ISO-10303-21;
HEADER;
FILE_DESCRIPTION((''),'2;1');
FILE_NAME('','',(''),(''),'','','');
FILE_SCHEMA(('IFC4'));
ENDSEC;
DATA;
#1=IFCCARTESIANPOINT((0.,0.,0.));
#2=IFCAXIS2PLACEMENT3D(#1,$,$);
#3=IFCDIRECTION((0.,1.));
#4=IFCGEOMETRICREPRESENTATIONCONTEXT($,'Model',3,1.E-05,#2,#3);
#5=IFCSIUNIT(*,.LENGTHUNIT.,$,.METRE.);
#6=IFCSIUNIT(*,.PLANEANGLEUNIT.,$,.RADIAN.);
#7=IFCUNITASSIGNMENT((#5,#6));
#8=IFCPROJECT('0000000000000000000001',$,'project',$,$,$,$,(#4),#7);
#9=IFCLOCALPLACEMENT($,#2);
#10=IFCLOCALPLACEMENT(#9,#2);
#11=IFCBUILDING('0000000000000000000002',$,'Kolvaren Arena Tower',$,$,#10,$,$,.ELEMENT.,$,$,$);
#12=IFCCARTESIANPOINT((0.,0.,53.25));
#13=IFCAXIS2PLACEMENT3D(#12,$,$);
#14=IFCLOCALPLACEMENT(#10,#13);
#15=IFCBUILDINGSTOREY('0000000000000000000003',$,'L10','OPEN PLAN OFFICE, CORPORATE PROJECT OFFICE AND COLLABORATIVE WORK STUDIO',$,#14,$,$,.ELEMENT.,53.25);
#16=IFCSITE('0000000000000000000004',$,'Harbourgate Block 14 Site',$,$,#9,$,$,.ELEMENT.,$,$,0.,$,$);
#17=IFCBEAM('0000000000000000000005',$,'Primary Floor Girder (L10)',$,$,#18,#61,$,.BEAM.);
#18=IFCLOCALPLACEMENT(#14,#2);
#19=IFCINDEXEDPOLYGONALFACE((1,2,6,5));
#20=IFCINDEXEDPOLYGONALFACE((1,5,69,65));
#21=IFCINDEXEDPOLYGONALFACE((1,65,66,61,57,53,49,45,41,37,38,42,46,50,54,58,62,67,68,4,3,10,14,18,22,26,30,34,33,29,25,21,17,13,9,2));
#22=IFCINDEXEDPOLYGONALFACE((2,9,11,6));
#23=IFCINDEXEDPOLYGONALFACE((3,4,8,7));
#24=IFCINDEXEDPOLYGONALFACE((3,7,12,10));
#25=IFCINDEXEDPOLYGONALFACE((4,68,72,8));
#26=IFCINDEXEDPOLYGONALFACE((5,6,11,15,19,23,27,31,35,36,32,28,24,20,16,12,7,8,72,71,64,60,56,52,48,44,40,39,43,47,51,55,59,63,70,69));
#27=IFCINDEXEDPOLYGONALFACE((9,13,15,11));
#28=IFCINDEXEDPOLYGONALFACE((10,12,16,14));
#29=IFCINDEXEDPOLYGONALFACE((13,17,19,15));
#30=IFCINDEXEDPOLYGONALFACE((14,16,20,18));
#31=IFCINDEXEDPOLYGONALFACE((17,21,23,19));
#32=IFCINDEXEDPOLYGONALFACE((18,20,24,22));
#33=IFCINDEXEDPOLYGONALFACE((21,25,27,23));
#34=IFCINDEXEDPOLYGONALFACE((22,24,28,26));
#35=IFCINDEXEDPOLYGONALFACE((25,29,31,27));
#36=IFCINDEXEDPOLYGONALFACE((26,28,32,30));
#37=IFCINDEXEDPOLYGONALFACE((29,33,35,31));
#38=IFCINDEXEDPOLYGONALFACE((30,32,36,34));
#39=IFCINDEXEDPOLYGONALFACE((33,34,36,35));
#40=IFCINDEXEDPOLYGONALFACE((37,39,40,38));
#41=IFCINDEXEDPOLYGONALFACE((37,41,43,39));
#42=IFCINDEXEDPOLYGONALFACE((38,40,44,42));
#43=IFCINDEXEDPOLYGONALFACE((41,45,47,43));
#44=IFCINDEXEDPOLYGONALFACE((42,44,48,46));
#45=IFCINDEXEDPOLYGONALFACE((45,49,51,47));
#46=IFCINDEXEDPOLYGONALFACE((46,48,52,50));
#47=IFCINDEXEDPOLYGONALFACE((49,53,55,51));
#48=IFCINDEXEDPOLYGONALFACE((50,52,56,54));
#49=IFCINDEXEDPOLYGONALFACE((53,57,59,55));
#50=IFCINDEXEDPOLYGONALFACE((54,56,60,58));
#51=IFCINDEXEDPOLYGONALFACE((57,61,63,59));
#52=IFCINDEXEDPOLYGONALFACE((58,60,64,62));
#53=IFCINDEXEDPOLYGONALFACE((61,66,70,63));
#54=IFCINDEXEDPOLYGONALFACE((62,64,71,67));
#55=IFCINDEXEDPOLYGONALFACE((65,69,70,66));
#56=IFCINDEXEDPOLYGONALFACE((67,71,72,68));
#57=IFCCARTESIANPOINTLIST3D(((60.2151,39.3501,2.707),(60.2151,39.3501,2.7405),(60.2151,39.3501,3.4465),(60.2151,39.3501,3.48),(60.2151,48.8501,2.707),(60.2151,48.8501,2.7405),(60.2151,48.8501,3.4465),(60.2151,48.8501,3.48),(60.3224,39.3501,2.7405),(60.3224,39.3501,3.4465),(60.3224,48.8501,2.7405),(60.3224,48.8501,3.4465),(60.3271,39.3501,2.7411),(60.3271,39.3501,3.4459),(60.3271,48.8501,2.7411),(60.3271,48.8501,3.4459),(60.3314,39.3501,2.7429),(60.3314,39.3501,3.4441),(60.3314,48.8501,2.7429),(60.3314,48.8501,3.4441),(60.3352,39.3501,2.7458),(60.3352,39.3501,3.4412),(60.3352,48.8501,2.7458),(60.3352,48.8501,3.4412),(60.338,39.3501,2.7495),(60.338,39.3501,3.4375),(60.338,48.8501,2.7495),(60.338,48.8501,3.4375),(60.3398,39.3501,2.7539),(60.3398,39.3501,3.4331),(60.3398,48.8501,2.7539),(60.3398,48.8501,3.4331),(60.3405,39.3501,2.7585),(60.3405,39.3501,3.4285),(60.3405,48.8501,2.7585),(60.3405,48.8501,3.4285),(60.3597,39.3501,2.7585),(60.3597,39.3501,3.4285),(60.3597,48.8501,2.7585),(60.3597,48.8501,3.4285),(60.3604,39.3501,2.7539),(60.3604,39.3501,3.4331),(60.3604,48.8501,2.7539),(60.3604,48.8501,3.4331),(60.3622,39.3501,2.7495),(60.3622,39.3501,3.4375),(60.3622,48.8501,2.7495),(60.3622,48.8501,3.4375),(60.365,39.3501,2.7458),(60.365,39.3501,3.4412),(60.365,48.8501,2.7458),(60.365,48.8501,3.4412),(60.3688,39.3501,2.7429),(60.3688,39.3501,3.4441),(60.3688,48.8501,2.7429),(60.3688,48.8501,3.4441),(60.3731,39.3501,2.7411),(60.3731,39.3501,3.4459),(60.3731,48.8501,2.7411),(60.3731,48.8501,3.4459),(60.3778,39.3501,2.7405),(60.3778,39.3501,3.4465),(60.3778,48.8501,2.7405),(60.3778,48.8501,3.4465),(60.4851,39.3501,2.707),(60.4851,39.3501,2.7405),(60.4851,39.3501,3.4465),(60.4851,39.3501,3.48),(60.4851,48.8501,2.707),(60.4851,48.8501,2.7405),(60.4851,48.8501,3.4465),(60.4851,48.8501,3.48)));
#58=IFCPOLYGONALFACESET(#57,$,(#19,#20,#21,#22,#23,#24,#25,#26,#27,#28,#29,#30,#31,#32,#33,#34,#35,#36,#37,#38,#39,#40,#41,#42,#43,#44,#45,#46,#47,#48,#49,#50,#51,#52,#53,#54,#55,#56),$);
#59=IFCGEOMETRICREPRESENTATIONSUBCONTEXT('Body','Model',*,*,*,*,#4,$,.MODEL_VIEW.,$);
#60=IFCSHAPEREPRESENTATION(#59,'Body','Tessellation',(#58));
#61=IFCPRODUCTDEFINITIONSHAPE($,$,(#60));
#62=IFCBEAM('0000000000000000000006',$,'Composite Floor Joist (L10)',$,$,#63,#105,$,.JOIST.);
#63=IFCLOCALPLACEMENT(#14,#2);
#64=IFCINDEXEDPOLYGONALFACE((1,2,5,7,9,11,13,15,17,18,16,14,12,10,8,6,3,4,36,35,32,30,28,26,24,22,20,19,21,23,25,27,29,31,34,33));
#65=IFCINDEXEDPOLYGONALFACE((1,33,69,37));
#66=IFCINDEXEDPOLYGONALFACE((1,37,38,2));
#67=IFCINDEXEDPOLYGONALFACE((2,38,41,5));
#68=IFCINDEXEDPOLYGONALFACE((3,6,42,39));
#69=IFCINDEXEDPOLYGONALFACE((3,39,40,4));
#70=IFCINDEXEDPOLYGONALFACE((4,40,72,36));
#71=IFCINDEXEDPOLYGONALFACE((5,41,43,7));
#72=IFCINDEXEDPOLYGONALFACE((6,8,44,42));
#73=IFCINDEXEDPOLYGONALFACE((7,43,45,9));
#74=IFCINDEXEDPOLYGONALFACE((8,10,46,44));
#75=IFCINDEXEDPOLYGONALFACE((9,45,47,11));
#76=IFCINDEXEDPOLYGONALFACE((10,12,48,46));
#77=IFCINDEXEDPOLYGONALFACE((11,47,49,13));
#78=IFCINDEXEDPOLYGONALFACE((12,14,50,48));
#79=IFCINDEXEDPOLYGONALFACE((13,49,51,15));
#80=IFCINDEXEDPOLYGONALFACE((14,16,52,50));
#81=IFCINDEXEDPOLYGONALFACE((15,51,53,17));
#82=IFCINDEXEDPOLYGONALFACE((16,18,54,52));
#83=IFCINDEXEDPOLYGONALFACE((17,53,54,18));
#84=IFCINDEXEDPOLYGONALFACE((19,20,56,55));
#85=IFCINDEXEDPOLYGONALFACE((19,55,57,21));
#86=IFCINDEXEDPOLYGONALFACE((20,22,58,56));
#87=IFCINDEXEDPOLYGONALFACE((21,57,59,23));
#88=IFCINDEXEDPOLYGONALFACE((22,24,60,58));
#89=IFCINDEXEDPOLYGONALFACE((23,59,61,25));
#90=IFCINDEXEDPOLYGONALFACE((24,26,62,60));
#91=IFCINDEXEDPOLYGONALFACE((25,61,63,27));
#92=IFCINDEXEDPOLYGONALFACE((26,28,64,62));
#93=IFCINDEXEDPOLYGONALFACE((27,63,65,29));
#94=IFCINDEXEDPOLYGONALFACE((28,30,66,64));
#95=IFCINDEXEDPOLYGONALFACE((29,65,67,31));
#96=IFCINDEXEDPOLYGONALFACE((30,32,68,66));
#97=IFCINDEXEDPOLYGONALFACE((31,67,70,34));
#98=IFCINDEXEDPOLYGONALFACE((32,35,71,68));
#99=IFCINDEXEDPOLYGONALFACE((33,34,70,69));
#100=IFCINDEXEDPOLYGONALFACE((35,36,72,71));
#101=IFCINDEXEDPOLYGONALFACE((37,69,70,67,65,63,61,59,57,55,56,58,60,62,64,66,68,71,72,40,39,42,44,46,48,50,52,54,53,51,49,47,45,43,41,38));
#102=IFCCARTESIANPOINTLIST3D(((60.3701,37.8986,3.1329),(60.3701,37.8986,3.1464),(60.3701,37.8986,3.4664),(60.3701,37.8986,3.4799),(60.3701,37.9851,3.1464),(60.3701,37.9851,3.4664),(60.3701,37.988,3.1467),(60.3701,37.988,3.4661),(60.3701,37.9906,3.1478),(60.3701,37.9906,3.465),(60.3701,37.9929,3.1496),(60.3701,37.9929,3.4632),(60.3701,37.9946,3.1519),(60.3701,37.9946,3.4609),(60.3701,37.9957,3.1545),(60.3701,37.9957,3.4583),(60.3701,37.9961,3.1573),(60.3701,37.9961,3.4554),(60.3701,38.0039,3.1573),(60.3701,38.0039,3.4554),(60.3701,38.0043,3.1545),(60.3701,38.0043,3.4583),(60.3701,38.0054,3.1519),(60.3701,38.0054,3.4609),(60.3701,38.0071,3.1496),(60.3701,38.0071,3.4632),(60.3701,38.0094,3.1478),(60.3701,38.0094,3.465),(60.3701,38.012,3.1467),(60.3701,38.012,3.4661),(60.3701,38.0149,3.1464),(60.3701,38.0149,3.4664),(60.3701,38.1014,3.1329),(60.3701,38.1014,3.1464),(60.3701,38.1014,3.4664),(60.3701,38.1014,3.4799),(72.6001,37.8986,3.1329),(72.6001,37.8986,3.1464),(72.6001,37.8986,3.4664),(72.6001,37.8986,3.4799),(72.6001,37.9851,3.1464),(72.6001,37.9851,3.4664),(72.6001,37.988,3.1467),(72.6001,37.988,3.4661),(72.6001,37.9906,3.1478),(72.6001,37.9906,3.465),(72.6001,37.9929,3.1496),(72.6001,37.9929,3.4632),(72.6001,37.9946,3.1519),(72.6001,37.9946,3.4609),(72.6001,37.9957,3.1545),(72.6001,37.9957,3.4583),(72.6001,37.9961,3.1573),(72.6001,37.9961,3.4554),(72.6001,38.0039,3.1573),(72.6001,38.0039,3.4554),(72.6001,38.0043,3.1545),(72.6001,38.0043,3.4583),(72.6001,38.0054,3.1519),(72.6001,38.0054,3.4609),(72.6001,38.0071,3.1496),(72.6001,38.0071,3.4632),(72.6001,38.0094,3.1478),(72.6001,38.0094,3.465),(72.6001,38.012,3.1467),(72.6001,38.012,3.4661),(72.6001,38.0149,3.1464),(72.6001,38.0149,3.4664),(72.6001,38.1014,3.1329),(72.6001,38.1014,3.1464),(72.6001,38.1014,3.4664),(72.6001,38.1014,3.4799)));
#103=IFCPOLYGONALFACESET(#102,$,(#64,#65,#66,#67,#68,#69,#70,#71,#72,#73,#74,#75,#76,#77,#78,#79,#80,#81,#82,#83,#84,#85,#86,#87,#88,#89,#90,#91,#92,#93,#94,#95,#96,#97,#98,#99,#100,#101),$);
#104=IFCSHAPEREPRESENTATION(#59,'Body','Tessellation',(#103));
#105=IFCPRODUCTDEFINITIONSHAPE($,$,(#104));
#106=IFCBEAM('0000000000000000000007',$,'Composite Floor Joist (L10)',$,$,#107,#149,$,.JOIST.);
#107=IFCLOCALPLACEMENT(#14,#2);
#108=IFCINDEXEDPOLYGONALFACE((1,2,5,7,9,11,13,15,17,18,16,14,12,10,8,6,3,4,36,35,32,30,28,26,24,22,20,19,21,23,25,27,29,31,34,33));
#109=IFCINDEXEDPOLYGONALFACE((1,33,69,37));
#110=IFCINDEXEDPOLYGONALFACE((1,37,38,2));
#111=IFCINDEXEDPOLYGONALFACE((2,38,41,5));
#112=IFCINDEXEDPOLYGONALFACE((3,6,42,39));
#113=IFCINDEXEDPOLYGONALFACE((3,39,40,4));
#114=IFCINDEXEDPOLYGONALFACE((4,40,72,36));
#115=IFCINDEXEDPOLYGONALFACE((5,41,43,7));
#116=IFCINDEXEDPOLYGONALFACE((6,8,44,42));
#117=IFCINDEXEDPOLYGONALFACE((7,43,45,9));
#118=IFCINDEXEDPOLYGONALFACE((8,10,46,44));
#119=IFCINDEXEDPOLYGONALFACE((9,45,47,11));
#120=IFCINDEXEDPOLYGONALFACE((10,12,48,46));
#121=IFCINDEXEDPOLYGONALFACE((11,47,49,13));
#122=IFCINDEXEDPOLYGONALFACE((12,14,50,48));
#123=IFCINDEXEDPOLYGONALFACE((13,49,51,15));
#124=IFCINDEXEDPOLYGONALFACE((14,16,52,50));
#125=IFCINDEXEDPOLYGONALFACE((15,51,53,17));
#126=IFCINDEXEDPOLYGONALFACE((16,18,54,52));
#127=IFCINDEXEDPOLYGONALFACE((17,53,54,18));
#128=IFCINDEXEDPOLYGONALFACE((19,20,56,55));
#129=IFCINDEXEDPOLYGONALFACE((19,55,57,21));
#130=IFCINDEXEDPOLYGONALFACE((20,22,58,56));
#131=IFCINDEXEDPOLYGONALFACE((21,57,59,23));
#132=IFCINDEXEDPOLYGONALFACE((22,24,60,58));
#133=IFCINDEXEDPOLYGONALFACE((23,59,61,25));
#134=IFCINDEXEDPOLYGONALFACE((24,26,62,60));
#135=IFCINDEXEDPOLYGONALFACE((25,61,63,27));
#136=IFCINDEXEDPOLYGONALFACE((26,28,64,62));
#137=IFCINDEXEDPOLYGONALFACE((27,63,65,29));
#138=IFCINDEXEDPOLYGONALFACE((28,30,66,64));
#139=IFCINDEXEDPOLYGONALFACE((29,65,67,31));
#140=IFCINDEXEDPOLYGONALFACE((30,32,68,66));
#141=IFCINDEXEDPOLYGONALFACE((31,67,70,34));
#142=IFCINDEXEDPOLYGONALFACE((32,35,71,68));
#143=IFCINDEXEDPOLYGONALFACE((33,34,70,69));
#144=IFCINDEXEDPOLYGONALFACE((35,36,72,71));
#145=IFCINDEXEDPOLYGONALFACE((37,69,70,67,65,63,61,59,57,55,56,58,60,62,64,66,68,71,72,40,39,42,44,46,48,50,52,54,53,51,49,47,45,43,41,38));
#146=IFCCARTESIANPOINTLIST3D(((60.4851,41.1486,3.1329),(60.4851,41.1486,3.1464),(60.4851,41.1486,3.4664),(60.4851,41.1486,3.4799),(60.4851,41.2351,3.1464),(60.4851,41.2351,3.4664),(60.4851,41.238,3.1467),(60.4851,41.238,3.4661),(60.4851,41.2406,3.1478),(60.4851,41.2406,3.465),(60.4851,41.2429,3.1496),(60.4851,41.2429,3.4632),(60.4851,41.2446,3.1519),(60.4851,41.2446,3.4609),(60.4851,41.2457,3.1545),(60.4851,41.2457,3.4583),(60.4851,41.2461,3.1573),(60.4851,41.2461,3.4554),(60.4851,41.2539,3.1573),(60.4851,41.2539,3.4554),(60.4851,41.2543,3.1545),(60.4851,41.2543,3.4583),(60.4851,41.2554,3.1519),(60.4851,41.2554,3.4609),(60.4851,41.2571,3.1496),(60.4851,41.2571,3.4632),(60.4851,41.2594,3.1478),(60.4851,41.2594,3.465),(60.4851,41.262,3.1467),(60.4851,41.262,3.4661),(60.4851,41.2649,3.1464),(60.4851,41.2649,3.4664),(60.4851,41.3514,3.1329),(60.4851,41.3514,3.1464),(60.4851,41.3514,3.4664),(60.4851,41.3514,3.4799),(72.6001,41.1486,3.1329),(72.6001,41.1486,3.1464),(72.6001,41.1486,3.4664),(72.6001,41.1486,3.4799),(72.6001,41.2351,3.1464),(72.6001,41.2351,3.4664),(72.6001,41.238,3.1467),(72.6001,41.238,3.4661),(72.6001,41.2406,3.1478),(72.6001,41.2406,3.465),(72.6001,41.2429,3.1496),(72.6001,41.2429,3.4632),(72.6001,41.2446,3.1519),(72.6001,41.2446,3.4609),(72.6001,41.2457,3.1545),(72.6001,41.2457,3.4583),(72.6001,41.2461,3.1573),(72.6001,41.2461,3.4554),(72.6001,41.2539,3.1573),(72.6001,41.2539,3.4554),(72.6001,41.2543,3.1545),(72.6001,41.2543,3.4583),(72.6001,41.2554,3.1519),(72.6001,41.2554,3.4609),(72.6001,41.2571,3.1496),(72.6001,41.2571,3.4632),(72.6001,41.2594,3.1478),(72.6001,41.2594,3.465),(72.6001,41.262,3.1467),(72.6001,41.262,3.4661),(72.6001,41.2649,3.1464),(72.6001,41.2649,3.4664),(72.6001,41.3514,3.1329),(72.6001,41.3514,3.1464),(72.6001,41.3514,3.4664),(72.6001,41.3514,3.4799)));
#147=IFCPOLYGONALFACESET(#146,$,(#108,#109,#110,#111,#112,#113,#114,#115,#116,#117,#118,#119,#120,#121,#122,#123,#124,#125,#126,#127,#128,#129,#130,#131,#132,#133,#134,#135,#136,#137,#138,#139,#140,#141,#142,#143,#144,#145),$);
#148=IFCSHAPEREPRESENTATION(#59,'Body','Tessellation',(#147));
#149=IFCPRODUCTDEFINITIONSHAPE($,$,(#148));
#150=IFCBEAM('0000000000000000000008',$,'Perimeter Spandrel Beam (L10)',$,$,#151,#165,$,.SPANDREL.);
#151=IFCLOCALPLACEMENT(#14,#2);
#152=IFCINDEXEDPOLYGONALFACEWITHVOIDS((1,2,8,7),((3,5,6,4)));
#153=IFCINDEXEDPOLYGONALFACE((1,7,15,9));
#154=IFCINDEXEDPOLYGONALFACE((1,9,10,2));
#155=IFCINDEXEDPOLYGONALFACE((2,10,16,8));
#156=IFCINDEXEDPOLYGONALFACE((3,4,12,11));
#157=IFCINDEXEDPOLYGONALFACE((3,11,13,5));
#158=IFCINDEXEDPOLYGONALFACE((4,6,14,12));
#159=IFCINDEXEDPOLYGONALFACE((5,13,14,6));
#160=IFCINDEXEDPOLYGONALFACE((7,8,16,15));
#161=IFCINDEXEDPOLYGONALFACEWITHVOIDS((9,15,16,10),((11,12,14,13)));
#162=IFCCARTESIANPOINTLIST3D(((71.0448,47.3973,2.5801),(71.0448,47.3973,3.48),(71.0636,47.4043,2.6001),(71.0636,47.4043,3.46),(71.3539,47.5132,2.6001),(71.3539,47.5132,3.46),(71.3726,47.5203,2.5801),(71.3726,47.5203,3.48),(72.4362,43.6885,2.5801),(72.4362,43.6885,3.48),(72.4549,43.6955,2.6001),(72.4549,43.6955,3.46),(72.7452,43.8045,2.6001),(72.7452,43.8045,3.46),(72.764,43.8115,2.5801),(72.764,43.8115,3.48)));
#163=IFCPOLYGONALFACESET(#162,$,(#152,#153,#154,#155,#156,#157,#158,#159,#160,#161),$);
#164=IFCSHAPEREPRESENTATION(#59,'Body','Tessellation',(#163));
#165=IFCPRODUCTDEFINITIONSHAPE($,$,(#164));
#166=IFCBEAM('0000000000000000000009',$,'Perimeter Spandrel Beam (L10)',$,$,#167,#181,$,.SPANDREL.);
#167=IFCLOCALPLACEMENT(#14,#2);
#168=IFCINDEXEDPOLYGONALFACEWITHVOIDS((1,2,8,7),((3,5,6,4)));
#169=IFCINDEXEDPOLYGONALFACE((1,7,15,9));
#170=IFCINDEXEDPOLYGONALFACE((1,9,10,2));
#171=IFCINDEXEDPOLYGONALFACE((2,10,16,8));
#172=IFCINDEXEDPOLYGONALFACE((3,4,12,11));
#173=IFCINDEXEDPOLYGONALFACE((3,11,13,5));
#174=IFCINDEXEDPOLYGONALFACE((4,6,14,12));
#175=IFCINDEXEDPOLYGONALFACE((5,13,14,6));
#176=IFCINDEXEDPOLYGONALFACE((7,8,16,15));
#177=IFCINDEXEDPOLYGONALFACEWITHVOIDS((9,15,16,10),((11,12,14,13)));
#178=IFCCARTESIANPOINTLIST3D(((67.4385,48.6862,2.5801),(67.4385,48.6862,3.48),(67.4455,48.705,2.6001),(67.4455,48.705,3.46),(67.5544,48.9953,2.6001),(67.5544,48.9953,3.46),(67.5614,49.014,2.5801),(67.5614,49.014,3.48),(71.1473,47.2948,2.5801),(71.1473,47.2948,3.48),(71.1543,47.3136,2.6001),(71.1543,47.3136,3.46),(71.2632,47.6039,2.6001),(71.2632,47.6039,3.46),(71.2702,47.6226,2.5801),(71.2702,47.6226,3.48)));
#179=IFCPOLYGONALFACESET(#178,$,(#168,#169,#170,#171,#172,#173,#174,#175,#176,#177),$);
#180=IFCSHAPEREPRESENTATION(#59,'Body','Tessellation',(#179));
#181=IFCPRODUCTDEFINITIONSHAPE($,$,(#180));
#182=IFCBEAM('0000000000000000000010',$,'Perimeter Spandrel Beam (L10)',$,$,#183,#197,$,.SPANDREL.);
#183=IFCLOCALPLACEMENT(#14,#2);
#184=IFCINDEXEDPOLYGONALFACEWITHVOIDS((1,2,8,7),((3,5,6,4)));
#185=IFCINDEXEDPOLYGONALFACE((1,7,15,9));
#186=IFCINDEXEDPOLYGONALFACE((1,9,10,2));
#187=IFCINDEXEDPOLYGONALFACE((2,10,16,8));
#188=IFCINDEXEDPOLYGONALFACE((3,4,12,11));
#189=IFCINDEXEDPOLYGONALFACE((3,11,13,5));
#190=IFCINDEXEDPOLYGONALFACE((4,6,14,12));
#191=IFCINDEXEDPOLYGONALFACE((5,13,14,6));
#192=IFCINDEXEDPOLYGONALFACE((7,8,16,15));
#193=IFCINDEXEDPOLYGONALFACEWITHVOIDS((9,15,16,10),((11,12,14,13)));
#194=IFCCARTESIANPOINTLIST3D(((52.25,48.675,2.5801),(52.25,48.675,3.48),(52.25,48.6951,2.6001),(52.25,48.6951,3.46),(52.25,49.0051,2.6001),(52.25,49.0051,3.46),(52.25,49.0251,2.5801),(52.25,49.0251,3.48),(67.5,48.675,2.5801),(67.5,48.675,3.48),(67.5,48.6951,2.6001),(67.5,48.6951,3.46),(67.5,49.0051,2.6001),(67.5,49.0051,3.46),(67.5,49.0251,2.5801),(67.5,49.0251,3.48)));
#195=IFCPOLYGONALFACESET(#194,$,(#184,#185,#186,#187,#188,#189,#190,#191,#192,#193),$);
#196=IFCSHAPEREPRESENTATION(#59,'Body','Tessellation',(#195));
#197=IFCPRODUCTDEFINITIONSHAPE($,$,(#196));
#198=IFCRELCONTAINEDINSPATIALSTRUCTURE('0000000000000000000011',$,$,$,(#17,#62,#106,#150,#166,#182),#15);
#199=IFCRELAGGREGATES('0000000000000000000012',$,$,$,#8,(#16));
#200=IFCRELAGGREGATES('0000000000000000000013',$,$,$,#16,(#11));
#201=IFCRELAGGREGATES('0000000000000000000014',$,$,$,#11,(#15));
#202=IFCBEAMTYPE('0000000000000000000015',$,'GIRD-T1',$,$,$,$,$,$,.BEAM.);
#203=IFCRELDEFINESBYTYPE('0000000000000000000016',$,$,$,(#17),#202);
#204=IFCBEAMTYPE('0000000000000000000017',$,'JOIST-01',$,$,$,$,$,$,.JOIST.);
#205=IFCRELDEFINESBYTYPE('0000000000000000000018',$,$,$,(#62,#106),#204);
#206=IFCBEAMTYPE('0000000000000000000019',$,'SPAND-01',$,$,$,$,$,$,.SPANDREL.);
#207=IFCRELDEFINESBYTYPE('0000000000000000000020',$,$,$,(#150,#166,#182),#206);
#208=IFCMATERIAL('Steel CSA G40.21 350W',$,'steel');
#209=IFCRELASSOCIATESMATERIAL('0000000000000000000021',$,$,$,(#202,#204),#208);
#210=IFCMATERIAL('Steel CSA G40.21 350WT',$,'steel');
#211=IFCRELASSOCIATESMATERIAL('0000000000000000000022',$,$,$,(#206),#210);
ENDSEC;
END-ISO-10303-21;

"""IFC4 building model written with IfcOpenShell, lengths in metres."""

from ifc_helpers import new_model, si_unit, direction, frame, origin, origin_2d, place, context, subcontext, project, spatial, hollow_rectangle, i_section, extrude, material, material_profile, profile_set, type_object, element, save


model = new_model("IFC4")

# Units and contexts
model_context = context("Model", 3, precision=1e-05, world=origin(), true_north=direction((0.0, 1.0)))
body_context = subcontext(model_context, "Body", "Model", "MODEL_VIEW")
ifc_project = project(units=[si_unit("LENGTHUNIT", "METRE"), si_unit("PLANEANGLEUNIT", "RADIAN")], contexts=[model_context])

# Site, building, storey
site_placement = place(None, origin())
site = spatial("IfcSite", under=ifc_project, at=site_placement, Name="Harbourgate Block 14 Site", CompositionType="ELEMENT", RefElevation=0.0)
building_placement = place(site_placement, origin())
building = spatial("IfcBuilding", under=site, at=building_placement, Name="Kolvaren Arena Tower", CompositionType="ELEMENT")
storey_placement = place(building_placement, frame((0.0, 0.0, 53.25)))
storey = spatial("IfcBuildingStorey", under=building, at=storey_placement, Name="L10", Description="OPEN PLAN OFFICE, CORPORATE PROJECT OFFICE AND COLLABORATIVE WORK STUDIO", CompositionType="ELEMENT", Elevation=53.25)

# Beams
ifc_material_1 = material(Name="Steel CSA G40.21 350W", Category="steel")
ifc_material_profile_1 = material_profile(ifc_material_1, i_section(OverallWidth=0.27, OverallDepth=0.7729, WebThickness=0.0193, FlangeThickness=0.0334, FilletRadius=0.0181, at=origin_2d()), Name="W760x257")
ifc_profile_set_1 = profile_set([ifc_material_profile_1], Name="Steel CSA G40.21 350W")
beam_type_1 = type_object("IfcBeamType", Name="GIRD-T1", PredefinedType="BEAM", material=ifc_profile_set_1)
beam_1_placement = place(storey_placement, frame((60.3501, 39.3501, 3.0935), z_axis=(0.0, 1.0, 0.0), x_axis=(-1.0, 0.0, 0.0)))
element("IfcBeam", 1, at=beam_1_placement, inside=storey, type_object=beam_type_1, Name="Primary Floor Girder (L10)", PredefinedType="BEAM", context=body_context, shape_type="SweptSolid", body=[
    extrude(i_section(OverallWidth=0.27, OverallDepth=0.7729, WebThickness=0.0193, FlangeThickness=0.0334, FilletRadius=0.0181, at=origin_2d()), origin(), (0.0, 0.0, 1.0), 9.5),
])
ifc_material_profile_2 = material_profile(ifc_material_1, i_section(OverallWidth=0.2029, OverallDepth=0.3469, WebThickness=0.0078, FlangeThickness=0.0134, FilletRadius=0.011, at=origin_2d()), Name="W360x64")
ifc_profile_set_2 = profile_set([ifc_material_profile_2], Name="Steel CSA G40.21 350W")
beam_type_2 = type_object("IfcBeamType", Name="JOIST-01", PredefinedType="JOIST", material=ifc_profile_set_2)
beam_2_placement = place(storey_placement, frame((60.3701, 38.0, 3.3064), z_axis=(1.0, 0.0, 0.0), x_axis=(0.0, 1.0, 0.0)))
element("IfcBeam", 2, at=beam_2_placement, inside=storey, type_object=beam_type_2, Name="Composite Floor Joist (L10)", PredefinedType="JOIST", context=body_context, shape_type="SweptSolid", body=[
    extrude(i_section(OverallWidth=0.2029, OverallDepth=0.3469, WebThickness=0.0078, FlangeThickness=0.0134, FilletRadius=0.011, at=origin_2d()), origin(), (0.0, 0.0, 1.0), 12.23),
])
beam_3_placement = place(storey_placement, frame((60.4851, 41.25, 3.3064), z_axis=(1.0, 0.0, 0.0), x_axis=(0.0, 1.0, 0.0)))
element("IfcBeam", 3, at=beam_3_placement, inside=storey, type_object=beam_type_2, Name="Composite Floor Joist (L10)", PredefinedType="JOIST", context=body_context, shape_type="SweptSolid", body=[
    extrude(i_section(OverallWidth=0.2029, OverallDepth=0.3469, WebThickness=0.0078, FlangeThickness=0.0134, FilletRadius=0.011, at=origin_2d()), origin(), (0.0, 0.0, 1.0), 12.115),
])
ifc_material_2 = material(Name="Steel CSA G40.21 350WT", Category="steel")
ifc_material_profile_3 = material_profile(ifc_material_2, hollow_rectangle(XDim=0.3501, YDim=0.8999, WallThickness=0.02, at=origin_2d()), Name="HSS 900x350x20")
ifc_profile_set_3 = profile_set([ifc_material_profile_3], Name="Steel CSA G40.21 350WT")
beam_type_3 = type_object("IfcBeamType", Name="SPAND-01", PredefinedType="SPANDREL", material=ifc_profile_set_3)
for number, where, z_axis, x_axis, name in (
    (4, (72.6001, 43.75, 3.03), (-0.351252, 0.936281, 0.0), (-0.936281, -0.351252, 0.0), "Perimeter Spandrel Beam (L10)"),
    (5, (71.2087, 47.4587, 3.03), (-0.936281, 0.351252, 0.0), (-0.351252, -0.936281, 0.0), "Perimeter Spandrel Beam (L10)"),
):
    element("IfcBeam", number, at=place(storey_placement, frame(where, z_axis=z_axis, x_axis=x_axis)), inside=storey, type_object=beam_type_3, Name=name, PredefinedType="SPANDREL", context=body_context, shape_type="SweptSolid", body=[
        extrude(hollow_rectangle(XDim=0.3501, YDim=0.8999, WallThickness=0.02, at=origin_2d()), origin(), (0.0, 0.0, 1.0), 3.9612),
    ])
beam_4_placement = place(storey_placement, frame((67.5, 48.8501, 3.03), z_axis=(-1.0, 0.0, 0.0), x_axis=(0.0, -1.0, 0.0)))
element("IfcBeam", 6, at=beam_4_placement, inside=storey, type_object=beam_type_3, Name="Perimeter Spandrel Beam (L10)", PredefinedType="SPANDREL", context=body_context, shape_type="SweptSolid", body=[
    extrude(hollow_rectangle(XDim=0.3501, YDim=0.8999, WallThickness=0.02, at=origin_2d()), origin(), (0.0, 0.0, 1.0), 15.25),
])

save(model, "model.ifc")
